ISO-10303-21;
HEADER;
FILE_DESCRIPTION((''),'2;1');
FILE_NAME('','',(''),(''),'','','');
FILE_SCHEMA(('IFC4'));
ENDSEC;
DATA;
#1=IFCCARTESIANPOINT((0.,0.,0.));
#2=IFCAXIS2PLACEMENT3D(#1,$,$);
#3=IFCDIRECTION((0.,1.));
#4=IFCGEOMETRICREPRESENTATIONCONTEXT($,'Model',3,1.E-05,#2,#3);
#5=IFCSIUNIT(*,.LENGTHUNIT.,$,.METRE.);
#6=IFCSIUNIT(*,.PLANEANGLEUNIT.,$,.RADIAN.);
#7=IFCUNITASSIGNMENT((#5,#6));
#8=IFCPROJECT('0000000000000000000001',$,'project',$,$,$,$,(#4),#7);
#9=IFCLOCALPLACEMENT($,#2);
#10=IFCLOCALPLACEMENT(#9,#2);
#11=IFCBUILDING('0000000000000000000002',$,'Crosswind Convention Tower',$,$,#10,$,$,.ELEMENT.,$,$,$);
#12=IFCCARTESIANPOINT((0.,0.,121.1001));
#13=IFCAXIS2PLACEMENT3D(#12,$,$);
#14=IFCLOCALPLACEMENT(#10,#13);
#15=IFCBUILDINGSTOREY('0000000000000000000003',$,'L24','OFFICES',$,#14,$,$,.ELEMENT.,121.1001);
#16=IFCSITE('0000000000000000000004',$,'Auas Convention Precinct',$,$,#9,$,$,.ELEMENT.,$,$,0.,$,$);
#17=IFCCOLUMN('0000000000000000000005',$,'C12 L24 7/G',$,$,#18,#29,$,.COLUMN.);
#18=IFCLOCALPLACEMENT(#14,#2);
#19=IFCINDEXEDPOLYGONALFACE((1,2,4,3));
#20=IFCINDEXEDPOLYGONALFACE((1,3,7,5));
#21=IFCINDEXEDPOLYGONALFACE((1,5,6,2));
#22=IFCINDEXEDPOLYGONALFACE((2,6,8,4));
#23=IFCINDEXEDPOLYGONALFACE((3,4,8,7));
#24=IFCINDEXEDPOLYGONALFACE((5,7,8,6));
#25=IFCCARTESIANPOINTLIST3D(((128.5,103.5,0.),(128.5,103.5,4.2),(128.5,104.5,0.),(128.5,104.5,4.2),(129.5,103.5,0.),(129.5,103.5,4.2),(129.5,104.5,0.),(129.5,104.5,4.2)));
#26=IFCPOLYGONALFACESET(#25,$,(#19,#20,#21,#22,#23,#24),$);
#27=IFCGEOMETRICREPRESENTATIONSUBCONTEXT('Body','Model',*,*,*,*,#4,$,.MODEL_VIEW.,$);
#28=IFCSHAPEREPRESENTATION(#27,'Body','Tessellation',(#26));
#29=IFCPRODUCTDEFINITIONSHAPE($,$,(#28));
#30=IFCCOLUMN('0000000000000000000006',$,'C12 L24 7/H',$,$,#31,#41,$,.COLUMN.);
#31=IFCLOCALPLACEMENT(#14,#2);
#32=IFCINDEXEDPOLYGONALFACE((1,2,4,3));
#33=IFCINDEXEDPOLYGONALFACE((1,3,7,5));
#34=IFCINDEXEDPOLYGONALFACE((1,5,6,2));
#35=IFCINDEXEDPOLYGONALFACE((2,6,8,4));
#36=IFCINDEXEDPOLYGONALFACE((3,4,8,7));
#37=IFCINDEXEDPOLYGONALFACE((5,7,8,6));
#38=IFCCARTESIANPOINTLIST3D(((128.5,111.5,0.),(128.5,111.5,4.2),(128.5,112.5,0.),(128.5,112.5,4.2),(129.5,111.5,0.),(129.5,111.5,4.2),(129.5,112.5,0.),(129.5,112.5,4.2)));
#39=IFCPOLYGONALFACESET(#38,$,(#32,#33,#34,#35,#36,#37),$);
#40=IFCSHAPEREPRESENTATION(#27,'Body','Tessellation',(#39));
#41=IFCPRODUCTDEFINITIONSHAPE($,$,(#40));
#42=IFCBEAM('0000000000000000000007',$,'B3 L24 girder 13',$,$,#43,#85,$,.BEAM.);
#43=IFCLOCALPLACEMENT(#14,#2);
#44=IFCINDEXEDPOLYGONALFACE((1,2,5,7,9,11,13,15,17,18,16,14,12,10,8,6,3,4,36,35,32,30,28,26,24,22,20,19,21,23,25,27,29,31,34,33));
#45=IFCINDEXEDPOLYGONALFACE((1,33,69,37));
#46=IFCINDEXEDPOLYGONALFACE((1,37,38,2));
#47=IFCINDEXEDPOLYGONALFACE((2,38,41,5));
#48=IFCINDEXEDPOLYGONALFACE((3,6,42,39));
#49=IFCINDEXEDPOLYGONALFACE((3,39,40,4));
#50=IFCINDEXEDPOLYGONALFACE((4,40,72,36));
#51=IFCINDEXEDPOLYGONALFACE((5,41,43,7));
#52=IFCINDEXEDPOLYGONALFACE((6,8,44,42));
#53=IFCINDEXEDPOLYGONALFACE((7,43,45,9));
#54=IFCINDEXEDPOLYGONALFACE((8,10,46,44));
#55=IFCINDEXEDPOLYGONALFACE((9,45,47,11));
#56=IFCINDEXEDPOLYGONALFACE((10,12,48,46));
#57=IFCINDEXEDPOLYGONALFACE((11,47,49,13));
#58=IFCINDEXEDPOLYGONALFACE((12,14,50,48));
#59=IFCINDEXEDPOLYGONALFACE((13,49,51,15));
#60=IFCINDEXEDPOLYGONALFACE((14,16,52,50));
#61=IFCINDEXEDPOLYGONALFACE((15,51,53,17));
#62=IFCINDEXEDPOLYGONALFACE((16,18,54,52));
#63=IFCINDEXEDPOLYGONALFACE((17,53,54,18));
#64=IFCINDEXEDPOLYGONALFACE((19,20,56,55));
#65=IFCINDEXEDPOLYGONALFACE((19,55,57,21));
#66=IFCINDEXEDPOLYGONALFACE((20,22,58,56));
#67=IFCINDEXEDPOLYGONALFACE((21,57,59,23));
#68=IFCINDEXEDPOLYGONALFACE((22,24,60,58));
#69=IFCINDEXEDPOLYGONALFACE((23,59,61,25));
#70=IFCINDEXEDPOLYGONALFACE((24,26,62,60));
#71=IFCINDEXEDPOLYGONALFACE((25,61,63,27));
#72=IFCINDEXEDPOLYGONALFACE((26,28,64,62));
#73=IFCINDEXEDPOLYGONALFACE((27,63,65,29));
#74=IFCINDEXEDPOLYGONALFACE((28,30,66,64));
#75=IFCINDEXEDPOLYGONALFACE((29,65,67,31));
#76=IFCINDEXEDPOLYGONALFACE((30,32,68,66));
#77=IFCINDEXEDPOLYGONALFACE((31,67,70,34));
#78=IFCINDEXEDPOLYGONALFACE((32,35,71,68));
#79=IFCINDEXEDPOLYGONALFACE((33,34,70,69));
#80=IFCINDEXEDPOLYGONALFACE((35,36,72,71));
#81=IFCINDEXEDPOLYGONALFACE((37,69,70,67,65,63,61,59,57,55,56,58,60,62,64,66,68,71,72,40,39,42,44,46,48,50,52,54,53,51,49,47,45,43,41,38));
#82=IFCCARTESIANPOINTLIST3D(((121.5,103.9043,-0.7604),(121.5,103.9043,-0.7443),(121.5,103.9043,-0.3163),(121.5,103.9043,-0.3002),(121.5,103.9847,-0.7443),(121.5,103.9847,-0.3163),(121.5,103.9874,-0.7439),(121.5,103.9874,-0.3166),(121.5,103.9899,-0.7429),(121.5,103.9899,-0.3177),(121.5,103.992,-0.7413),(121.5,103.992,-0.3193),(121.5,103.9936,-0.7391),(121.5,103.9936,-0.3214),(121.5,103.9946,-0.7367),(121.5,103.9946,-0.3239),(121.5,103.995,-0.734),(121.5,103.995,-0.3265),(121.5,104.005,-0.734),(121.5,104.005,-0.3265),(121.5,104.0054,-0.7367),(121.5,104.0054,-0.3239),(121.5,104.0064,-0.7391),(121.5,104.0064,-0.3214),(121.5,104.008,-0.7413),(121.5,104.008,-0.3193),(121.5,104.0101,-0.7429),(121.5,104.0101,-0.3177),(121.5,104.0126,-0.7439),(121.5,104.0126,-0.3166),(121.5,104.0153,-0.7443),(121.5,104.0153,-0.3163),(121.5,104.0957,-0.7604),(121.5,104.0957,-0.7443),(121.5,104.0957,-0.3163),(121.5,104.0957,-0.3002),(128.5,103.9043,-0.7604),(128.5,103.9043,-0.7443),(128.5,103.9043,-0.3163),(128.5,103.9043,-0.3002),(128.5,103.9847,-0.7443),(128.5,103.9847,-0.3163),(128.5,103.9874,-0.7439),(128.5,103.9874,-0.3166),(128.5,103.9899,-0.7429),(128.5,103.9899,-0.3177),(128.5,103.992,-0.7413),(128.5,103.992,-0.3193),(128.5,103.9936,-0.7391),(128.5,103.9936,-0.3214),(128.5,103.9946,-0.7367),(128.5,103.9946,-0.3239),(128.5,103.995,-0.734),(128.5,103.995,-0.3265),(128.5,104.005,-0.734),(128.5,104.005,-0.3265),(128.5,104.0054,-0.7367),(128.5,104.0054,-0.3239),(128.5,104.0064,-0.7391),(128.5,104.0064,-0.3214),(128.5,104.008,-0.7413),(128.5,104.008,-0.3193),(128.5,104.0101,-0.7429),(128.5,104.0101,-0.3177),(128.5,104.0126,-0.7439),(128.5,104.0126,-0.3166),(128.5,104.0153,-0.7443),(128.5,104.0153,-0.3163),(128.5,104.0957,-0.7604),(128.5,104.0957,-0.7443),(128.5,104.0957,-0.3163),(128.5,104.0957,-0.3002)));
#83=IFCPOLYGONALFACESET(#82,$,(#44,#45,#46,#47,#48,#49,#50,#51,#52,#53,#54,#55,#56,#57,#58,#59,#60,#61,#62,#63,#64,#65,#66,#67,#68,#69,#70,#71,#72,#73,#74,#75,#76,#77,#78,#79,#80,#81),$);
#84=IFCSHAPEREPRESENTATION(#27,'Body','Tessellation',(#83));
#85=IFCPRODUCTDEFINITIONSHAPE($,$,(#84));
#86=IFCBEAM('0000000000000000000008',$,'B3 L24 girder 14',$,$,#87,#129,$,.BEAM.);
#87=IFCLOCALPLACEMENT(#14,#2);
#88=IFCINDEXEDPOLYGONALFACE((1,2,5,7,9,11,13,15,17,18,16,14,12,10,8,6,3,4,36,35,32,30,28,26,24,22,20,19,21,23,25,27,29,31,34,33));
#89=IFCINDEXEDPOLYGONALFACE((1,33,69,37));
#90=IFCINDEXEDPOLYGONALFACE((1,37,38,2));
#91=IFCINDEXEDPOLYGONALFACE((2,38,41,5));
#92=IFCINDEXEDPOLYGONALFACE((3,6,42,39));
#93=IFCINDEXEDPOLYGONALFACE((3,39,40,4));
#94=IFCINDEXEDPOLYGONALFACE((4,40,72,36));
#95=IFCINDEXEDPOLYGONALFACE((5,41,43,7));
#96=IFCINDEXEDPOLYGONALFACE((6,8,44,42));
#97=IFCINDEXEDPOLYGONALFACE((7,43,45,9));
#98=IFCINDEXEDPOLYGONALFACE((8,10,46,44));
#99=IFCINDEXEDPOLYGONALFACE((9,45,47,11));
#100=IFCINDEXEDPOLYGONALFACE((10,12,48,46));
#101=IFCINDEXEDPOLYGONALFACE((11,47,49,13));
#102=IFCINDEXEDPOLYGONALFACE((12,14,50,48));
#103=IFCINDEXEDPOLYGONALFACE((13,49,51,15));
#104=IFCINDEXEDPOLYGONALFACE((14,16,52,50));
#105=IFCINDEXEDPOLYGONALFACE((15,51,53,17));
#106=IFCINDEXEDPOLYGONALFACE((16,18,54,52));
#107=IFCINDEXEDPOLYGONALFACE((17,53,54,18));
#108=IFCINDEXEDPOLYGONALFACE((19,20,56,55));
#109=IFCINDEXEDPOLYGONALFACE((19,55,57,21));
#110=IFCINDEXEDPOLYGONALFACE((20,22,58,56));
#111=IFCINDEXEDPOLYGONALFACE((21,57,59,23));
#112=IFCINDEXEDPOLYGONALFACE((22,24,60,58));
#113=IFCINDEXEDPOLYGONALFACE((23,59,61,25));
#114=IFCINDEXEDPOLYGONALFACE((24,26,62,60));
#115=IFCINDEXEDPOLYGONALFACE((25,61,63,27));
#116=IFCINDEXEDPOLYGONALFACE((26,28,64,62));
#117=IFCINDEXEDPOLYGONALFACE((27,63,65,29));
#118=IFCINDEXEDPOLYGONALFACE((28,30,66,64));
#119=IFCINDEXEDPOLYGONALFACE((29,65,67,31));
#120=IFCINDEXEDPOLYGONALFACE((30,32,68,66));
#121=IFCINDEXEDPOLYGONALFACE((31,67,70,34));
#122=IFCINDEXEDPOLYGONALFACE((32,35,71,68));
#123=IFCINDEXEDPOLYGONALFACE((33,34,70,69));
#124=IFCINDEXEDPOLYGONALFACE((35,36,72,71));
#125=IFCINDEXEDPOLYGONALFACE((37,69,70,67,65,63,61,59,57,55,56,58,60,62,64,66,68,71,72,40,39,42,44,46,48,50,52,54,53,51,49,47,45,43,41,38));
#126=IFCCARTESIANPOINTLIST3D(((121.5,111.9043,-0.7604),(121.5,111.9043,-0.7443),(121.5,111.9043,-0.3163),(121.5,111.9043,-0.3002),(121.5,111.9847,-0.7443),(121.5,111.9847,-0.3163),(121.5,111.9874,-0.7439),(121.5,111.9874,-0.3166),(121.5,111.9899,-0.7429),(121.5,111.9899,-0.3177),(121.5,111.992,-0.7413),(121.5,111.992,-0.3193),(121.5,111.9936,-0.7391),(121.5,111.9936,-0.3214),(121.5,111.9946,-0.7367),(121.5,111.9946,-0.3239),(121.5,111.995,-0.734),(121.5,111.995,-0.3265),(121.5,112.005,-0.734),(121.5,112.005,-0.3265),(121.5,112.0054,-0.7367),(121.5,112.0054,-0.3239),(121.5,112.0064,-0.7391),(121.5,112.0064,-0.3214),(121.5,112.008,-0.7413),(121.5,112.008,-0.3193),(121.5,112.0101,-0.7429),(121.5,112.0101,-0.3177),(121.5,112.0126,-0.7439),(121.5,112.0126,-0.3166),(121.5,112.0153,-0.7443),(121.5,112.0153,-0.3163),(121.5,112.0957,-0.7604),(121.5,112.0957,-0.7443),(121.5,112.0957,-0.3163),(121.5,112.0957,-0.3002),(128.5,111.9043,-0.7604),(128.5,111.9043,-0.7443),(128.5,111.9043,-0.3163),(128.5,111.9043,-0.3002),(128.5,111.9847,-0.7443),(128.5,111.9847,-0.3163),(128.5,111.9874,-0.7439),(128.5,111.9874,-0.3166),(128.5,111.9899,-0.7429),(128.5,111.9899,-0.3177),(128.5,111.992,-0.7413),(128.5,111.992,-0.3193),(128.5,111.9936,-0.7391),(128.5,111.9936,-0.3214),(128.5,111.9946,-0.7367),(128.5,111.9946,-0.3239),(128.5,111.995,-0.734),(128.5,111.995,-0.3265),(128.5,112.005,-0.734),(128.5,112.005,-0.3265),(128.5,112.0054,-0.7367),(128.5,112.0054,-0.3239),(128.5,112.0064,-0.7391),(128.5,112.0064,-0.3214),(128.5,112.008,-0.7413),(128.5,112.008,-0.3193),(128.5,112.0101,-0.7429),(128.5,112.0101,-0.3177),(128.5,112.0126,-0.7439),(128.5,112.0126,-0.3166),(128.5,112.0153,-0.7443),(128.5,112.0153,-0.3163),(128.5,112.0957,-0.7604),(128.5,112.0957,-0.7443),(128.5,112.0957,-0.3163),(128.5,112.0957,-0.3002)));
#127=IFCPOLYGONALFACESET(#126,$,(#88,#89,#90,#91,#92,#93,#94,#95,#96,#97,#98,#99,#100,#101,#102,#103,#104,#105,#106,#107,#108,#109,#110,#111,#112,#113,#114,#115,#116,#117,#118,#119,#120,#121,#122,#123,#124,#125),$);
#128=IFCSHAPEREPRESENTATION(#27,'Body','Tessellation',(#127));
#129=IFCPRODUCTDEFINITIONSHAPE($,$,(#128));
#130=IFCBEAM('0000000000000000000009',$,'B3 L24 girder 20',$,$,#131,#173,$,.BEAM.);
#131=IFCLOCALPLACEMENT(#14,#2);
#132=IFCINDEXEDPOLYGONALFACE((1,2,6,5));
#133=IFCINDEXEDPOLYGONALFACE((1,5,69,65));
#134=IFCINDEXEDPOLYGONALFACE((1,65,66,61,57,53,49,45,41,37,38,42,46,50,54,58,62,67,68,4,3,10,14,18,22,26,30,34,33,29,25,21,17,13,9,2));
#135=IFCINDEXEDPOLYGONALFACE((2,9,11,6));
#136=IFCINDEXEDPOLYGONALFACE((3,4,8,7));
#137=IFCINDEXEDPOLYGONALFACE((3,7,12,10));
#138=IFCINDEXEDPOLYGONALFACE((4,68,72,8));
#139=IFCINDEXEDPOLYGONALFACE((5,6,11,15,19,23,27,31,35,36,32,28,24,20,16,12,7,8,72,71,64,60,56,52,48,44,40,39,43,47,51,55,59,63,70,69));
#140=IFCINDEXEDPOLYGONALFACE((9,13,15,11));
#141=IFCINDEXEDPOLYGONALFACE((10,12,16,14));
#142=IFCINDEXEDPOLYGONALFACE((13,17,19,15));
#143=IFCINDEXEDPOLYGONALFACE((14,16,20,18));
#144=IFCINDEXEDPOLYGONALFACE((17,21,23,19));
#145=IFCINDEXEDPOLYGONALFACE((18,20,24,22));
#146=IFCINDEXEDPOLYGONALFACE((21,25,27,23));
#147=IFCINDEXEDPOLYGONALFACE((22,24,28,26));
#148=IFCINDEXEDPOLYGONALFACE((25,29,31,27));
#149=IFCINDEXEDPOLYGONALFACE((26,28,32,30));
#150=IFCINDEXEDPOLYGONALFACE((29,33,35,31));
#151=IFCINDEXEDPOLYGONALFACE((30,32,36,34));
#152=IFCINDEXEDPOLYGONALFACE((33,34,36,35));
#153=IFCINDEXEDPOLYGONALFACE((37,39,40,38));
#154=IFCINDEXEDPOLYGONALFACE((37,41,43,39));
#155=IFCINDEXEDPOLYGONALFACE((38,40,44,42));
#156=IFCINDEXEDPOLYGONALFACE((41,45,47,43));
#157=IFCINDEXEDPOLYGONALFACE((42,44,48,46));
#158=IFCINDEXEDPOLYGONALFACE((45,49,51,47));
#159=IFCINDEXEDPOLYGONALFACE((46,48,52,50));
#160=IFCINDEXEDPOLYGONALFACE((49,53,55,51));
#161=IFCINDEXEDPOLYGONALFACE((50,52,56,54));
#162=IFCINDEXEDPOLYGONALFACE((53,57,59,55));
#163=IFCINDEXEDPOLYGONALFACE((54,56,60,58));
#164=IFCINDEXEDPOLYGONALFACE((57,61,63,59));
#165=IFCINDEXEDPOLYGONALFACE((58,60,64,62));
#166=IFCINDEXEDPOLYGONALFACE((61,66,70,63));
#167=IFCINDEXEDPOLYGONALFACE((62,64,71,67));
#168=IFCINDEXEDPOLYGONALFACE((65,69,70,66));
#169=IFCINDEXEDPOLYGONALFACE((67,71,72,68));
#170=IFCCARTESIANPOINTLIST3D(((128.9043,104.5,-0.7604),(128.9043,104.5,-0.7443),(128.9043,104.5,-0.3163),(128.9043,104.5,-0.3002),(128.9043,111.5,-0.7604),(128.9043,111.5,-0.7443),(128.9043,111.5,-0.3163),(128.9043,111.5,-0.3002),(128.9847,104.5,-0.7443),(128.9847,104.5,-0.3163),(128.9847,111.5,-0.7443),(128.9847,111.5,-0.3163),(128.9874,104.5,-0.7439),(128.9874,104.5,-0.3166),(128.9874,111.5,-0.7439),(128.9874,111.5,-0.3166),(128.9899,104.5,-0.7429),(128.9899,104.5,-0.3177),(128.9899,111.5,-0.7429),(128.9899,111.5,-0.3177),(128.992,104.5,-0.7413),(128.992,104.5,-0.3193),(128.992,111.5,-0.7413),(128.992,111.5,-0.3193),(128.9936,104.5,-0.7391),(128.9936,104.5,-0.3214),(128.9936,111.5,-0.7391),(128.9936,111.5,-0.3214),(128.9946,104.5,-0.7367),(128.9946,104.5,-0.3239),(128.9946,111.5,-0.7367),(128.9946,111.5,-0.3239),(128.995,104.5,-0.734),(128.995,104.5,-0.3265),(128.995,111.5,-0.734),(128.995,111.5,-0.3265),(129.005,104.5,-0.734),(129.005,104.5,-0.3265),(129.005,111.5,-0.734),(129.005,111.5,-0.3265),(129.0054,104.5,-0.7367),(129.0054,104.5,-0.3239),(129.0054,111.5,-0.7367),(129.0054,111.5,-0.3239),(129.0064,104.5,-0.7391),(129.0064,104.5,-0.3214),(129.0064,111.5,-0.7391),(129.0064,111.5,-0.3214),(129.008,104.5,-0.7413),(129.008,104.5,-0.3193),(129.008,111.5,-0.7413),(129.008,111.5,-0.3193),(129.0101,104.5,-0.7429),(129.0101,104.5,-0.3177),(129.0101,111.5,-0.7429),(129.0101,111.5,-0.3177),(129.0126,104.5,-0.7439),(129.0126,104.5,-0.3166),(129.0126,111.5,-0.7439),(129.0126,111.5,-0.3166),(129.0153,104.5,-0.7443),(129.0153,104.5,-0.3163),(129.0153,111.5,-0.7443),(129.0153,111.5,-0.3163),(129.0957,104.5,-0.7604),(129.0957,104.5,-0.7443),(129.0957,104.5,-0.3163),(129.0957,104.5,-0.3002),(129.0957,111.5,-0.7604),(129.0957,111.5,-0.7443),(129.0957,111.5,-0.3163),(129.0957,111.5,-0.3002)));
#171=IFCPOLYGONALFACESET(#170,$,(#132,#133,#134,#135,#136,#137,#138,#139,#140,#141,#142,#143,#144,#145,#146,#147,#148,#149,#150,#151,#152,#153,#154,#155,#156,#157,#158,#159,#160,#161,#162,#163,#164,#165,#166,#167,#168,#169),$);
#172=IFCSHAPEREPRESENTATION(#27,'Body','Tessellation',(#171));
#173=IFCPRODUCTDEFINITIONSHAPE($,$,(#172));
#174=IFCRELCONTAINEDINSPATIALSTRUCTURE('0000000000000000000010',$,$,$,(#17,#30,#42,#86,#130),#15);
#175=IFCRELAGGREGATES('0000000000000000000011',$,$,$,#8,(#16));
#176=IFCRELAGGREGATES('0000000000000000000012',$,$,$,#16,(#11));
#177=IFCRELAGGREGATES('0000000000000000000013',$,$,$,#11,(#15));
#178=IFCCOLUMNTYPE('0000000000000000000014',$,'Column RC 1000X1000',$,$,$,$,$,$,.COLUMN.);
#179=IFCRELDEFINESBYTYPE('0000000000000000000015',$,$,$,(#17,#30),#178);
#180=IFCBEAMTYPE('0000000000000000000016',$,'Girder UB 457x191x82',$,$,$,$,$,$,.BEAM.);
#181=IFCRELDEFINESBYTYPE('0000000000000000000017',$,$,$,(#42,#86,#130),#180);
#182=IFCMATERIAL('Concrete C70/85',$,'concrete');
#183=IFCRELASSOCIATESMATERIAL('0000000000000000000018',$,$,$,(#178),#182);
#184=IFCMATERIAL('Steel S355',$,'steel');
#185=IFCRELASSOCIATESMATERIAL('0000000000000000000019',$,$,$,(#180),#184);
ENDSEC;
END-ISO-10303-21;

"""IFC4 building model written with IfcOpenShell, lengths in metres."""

from ifc_helpers import new_model, si_unit, direction, frame, origin, origin_2d, place, context, subcontext, project, spatial, rectangle, i_section, extrude, material, material_profile, profile_set, type_object, element, save


model = new_model("IFC4")

# Units and contexts
model_context = context("Model", 3, precision=1e-05, world=origin(), true_north=direction((0.0, 1.0)))
body_context = subcontext(model_context, "Body", "Model", "MODEL_VIEW")
ifc_project = project(units=[si_unit("LENGTHUNIT", "METRE"), si_unit("PLANEANGLEUNIT", "RADIAN")], contexts=[model_context])

# Site, building, storey
site_placement = place(None, origin())
site = spatial("IfcSite", under=ifc_project, at=site_placement, Name="Auas Convention Precinct", CompositionType="ELEMENT", RefElevation=0.0)
building_placement = place(site_placement, origin())
building = spatial("IfcBuilding", under=site, at=building_placement, Name="Crosswind Convention Tower", CompositionType="ELEMENT")
storey_placement = place(building_placement, frame((0.0, 0.0, 121.1001)))
storey = spatial("IfcBuildingStorey", under=building, at=storey_placement, Name="L24", Description="OFFICES", CompositionType="ELEMENT", Elevation=121.1001)

# Columns
ifc_material_1 = material(Name="Concrete C70/85", Category="concrete")
ifc_material_profile_1 = material_profile(ifc_material_1, rectangle(XDim=1.0, YDim=1.0, at=origin_2d()), Name="RC 1000X1000")
ifc_profile_set_1 = profile_set([ifc_material_profile_1], Name="Concrete C70/85")
column_type = type_object("IfcColumnType", Name="Column RC 1000X1000", PredefinedType="COLUMN", material=ifc_profile_set_1)
for number, where, z_axis, x_axis, name in (
    (1, (129.0, 104.0, 0.0), (0.0, 0.0, 1.0), (1.0, 0.0, 0.0), "C12 L24 7/G"),
    (2, (129.0, 112.0, 0.0), (0.0, 0.0, 1.0), (1.0, 0.0, 0.0), "C12 L24 7/H"),
):
    element("IfcColumn", number, at=place(storey_placement, frame(where, z_axis=z_axis, x_axis=x_axis)), inside=storey, type_object=column_type, Name=name, PredefinedType="COLUMN", context=body_context, shape_type="SweptSolid", body=[
        extrude(rectangle(XDim=1.0, YDim=1.0, at=origin_2d()), origin(), (0.0, 0.0, 1.0), 4.2),
    ])

# Beams
ifc_material_2 = material(Name="Steel S355", Category="steel")
ifc_material_profile_2 = material_profile(ifc_material_2, i_section(OverallWidth=0.1914, OverallDepth=0.4602, WebThickness=0.01, FlangeThickness=0.0161, FilletRadius=0.0103, at=origin_2d()), Name="UB 457x191x82")
ifc_profile_set_2 = profile_set([ifc_material_profile_2], Name="Steel S355")
beam_type_1 = type_object("IfcBeamType", Name="Girder UB 457x191x82", PredefinedType="BEAM", material=ifc_profile_set_2)
for number, where, z_axis, x_axis, name in (
    (3, (121.5, 104.0, -0.5303), (1.0, 0.0, 0.0), (0.0, 1.0, 0.0), "B3 L24 girder 13"),
    (4, (121.5, 112.0, -0.5303), (1.0, 0.0, 0.0), (0.0, 1.0, 0.0), "B3 L24 girder 14"),
    (5, (129.0, 104.5, -0.5303), (0.0, 1.0, 0.0), (-1.0, 0.0, 0.0), "B3 L24 girder 20"),
):
    element("IfcBeam", number, at=place(storey_placement, frame(where, z_axis=z_axis, x_axis=x_axis)), inside=storey, type_object=beam_type_1, Name=name, PredefinedType="BEAM", context=body_context, shape_type="SweptSolid", body=[
        extrude(i_section(OverallWidth=0.1914, OverallDepth=0.4602, WebThickness=0.01, FlangeThickness=0.0161, FilletRadius=0.0103, at=origin_2d()), origin(), (0.0, 0.0, 1.0), 7.0),
    ])

save(model, "model.ifc")
